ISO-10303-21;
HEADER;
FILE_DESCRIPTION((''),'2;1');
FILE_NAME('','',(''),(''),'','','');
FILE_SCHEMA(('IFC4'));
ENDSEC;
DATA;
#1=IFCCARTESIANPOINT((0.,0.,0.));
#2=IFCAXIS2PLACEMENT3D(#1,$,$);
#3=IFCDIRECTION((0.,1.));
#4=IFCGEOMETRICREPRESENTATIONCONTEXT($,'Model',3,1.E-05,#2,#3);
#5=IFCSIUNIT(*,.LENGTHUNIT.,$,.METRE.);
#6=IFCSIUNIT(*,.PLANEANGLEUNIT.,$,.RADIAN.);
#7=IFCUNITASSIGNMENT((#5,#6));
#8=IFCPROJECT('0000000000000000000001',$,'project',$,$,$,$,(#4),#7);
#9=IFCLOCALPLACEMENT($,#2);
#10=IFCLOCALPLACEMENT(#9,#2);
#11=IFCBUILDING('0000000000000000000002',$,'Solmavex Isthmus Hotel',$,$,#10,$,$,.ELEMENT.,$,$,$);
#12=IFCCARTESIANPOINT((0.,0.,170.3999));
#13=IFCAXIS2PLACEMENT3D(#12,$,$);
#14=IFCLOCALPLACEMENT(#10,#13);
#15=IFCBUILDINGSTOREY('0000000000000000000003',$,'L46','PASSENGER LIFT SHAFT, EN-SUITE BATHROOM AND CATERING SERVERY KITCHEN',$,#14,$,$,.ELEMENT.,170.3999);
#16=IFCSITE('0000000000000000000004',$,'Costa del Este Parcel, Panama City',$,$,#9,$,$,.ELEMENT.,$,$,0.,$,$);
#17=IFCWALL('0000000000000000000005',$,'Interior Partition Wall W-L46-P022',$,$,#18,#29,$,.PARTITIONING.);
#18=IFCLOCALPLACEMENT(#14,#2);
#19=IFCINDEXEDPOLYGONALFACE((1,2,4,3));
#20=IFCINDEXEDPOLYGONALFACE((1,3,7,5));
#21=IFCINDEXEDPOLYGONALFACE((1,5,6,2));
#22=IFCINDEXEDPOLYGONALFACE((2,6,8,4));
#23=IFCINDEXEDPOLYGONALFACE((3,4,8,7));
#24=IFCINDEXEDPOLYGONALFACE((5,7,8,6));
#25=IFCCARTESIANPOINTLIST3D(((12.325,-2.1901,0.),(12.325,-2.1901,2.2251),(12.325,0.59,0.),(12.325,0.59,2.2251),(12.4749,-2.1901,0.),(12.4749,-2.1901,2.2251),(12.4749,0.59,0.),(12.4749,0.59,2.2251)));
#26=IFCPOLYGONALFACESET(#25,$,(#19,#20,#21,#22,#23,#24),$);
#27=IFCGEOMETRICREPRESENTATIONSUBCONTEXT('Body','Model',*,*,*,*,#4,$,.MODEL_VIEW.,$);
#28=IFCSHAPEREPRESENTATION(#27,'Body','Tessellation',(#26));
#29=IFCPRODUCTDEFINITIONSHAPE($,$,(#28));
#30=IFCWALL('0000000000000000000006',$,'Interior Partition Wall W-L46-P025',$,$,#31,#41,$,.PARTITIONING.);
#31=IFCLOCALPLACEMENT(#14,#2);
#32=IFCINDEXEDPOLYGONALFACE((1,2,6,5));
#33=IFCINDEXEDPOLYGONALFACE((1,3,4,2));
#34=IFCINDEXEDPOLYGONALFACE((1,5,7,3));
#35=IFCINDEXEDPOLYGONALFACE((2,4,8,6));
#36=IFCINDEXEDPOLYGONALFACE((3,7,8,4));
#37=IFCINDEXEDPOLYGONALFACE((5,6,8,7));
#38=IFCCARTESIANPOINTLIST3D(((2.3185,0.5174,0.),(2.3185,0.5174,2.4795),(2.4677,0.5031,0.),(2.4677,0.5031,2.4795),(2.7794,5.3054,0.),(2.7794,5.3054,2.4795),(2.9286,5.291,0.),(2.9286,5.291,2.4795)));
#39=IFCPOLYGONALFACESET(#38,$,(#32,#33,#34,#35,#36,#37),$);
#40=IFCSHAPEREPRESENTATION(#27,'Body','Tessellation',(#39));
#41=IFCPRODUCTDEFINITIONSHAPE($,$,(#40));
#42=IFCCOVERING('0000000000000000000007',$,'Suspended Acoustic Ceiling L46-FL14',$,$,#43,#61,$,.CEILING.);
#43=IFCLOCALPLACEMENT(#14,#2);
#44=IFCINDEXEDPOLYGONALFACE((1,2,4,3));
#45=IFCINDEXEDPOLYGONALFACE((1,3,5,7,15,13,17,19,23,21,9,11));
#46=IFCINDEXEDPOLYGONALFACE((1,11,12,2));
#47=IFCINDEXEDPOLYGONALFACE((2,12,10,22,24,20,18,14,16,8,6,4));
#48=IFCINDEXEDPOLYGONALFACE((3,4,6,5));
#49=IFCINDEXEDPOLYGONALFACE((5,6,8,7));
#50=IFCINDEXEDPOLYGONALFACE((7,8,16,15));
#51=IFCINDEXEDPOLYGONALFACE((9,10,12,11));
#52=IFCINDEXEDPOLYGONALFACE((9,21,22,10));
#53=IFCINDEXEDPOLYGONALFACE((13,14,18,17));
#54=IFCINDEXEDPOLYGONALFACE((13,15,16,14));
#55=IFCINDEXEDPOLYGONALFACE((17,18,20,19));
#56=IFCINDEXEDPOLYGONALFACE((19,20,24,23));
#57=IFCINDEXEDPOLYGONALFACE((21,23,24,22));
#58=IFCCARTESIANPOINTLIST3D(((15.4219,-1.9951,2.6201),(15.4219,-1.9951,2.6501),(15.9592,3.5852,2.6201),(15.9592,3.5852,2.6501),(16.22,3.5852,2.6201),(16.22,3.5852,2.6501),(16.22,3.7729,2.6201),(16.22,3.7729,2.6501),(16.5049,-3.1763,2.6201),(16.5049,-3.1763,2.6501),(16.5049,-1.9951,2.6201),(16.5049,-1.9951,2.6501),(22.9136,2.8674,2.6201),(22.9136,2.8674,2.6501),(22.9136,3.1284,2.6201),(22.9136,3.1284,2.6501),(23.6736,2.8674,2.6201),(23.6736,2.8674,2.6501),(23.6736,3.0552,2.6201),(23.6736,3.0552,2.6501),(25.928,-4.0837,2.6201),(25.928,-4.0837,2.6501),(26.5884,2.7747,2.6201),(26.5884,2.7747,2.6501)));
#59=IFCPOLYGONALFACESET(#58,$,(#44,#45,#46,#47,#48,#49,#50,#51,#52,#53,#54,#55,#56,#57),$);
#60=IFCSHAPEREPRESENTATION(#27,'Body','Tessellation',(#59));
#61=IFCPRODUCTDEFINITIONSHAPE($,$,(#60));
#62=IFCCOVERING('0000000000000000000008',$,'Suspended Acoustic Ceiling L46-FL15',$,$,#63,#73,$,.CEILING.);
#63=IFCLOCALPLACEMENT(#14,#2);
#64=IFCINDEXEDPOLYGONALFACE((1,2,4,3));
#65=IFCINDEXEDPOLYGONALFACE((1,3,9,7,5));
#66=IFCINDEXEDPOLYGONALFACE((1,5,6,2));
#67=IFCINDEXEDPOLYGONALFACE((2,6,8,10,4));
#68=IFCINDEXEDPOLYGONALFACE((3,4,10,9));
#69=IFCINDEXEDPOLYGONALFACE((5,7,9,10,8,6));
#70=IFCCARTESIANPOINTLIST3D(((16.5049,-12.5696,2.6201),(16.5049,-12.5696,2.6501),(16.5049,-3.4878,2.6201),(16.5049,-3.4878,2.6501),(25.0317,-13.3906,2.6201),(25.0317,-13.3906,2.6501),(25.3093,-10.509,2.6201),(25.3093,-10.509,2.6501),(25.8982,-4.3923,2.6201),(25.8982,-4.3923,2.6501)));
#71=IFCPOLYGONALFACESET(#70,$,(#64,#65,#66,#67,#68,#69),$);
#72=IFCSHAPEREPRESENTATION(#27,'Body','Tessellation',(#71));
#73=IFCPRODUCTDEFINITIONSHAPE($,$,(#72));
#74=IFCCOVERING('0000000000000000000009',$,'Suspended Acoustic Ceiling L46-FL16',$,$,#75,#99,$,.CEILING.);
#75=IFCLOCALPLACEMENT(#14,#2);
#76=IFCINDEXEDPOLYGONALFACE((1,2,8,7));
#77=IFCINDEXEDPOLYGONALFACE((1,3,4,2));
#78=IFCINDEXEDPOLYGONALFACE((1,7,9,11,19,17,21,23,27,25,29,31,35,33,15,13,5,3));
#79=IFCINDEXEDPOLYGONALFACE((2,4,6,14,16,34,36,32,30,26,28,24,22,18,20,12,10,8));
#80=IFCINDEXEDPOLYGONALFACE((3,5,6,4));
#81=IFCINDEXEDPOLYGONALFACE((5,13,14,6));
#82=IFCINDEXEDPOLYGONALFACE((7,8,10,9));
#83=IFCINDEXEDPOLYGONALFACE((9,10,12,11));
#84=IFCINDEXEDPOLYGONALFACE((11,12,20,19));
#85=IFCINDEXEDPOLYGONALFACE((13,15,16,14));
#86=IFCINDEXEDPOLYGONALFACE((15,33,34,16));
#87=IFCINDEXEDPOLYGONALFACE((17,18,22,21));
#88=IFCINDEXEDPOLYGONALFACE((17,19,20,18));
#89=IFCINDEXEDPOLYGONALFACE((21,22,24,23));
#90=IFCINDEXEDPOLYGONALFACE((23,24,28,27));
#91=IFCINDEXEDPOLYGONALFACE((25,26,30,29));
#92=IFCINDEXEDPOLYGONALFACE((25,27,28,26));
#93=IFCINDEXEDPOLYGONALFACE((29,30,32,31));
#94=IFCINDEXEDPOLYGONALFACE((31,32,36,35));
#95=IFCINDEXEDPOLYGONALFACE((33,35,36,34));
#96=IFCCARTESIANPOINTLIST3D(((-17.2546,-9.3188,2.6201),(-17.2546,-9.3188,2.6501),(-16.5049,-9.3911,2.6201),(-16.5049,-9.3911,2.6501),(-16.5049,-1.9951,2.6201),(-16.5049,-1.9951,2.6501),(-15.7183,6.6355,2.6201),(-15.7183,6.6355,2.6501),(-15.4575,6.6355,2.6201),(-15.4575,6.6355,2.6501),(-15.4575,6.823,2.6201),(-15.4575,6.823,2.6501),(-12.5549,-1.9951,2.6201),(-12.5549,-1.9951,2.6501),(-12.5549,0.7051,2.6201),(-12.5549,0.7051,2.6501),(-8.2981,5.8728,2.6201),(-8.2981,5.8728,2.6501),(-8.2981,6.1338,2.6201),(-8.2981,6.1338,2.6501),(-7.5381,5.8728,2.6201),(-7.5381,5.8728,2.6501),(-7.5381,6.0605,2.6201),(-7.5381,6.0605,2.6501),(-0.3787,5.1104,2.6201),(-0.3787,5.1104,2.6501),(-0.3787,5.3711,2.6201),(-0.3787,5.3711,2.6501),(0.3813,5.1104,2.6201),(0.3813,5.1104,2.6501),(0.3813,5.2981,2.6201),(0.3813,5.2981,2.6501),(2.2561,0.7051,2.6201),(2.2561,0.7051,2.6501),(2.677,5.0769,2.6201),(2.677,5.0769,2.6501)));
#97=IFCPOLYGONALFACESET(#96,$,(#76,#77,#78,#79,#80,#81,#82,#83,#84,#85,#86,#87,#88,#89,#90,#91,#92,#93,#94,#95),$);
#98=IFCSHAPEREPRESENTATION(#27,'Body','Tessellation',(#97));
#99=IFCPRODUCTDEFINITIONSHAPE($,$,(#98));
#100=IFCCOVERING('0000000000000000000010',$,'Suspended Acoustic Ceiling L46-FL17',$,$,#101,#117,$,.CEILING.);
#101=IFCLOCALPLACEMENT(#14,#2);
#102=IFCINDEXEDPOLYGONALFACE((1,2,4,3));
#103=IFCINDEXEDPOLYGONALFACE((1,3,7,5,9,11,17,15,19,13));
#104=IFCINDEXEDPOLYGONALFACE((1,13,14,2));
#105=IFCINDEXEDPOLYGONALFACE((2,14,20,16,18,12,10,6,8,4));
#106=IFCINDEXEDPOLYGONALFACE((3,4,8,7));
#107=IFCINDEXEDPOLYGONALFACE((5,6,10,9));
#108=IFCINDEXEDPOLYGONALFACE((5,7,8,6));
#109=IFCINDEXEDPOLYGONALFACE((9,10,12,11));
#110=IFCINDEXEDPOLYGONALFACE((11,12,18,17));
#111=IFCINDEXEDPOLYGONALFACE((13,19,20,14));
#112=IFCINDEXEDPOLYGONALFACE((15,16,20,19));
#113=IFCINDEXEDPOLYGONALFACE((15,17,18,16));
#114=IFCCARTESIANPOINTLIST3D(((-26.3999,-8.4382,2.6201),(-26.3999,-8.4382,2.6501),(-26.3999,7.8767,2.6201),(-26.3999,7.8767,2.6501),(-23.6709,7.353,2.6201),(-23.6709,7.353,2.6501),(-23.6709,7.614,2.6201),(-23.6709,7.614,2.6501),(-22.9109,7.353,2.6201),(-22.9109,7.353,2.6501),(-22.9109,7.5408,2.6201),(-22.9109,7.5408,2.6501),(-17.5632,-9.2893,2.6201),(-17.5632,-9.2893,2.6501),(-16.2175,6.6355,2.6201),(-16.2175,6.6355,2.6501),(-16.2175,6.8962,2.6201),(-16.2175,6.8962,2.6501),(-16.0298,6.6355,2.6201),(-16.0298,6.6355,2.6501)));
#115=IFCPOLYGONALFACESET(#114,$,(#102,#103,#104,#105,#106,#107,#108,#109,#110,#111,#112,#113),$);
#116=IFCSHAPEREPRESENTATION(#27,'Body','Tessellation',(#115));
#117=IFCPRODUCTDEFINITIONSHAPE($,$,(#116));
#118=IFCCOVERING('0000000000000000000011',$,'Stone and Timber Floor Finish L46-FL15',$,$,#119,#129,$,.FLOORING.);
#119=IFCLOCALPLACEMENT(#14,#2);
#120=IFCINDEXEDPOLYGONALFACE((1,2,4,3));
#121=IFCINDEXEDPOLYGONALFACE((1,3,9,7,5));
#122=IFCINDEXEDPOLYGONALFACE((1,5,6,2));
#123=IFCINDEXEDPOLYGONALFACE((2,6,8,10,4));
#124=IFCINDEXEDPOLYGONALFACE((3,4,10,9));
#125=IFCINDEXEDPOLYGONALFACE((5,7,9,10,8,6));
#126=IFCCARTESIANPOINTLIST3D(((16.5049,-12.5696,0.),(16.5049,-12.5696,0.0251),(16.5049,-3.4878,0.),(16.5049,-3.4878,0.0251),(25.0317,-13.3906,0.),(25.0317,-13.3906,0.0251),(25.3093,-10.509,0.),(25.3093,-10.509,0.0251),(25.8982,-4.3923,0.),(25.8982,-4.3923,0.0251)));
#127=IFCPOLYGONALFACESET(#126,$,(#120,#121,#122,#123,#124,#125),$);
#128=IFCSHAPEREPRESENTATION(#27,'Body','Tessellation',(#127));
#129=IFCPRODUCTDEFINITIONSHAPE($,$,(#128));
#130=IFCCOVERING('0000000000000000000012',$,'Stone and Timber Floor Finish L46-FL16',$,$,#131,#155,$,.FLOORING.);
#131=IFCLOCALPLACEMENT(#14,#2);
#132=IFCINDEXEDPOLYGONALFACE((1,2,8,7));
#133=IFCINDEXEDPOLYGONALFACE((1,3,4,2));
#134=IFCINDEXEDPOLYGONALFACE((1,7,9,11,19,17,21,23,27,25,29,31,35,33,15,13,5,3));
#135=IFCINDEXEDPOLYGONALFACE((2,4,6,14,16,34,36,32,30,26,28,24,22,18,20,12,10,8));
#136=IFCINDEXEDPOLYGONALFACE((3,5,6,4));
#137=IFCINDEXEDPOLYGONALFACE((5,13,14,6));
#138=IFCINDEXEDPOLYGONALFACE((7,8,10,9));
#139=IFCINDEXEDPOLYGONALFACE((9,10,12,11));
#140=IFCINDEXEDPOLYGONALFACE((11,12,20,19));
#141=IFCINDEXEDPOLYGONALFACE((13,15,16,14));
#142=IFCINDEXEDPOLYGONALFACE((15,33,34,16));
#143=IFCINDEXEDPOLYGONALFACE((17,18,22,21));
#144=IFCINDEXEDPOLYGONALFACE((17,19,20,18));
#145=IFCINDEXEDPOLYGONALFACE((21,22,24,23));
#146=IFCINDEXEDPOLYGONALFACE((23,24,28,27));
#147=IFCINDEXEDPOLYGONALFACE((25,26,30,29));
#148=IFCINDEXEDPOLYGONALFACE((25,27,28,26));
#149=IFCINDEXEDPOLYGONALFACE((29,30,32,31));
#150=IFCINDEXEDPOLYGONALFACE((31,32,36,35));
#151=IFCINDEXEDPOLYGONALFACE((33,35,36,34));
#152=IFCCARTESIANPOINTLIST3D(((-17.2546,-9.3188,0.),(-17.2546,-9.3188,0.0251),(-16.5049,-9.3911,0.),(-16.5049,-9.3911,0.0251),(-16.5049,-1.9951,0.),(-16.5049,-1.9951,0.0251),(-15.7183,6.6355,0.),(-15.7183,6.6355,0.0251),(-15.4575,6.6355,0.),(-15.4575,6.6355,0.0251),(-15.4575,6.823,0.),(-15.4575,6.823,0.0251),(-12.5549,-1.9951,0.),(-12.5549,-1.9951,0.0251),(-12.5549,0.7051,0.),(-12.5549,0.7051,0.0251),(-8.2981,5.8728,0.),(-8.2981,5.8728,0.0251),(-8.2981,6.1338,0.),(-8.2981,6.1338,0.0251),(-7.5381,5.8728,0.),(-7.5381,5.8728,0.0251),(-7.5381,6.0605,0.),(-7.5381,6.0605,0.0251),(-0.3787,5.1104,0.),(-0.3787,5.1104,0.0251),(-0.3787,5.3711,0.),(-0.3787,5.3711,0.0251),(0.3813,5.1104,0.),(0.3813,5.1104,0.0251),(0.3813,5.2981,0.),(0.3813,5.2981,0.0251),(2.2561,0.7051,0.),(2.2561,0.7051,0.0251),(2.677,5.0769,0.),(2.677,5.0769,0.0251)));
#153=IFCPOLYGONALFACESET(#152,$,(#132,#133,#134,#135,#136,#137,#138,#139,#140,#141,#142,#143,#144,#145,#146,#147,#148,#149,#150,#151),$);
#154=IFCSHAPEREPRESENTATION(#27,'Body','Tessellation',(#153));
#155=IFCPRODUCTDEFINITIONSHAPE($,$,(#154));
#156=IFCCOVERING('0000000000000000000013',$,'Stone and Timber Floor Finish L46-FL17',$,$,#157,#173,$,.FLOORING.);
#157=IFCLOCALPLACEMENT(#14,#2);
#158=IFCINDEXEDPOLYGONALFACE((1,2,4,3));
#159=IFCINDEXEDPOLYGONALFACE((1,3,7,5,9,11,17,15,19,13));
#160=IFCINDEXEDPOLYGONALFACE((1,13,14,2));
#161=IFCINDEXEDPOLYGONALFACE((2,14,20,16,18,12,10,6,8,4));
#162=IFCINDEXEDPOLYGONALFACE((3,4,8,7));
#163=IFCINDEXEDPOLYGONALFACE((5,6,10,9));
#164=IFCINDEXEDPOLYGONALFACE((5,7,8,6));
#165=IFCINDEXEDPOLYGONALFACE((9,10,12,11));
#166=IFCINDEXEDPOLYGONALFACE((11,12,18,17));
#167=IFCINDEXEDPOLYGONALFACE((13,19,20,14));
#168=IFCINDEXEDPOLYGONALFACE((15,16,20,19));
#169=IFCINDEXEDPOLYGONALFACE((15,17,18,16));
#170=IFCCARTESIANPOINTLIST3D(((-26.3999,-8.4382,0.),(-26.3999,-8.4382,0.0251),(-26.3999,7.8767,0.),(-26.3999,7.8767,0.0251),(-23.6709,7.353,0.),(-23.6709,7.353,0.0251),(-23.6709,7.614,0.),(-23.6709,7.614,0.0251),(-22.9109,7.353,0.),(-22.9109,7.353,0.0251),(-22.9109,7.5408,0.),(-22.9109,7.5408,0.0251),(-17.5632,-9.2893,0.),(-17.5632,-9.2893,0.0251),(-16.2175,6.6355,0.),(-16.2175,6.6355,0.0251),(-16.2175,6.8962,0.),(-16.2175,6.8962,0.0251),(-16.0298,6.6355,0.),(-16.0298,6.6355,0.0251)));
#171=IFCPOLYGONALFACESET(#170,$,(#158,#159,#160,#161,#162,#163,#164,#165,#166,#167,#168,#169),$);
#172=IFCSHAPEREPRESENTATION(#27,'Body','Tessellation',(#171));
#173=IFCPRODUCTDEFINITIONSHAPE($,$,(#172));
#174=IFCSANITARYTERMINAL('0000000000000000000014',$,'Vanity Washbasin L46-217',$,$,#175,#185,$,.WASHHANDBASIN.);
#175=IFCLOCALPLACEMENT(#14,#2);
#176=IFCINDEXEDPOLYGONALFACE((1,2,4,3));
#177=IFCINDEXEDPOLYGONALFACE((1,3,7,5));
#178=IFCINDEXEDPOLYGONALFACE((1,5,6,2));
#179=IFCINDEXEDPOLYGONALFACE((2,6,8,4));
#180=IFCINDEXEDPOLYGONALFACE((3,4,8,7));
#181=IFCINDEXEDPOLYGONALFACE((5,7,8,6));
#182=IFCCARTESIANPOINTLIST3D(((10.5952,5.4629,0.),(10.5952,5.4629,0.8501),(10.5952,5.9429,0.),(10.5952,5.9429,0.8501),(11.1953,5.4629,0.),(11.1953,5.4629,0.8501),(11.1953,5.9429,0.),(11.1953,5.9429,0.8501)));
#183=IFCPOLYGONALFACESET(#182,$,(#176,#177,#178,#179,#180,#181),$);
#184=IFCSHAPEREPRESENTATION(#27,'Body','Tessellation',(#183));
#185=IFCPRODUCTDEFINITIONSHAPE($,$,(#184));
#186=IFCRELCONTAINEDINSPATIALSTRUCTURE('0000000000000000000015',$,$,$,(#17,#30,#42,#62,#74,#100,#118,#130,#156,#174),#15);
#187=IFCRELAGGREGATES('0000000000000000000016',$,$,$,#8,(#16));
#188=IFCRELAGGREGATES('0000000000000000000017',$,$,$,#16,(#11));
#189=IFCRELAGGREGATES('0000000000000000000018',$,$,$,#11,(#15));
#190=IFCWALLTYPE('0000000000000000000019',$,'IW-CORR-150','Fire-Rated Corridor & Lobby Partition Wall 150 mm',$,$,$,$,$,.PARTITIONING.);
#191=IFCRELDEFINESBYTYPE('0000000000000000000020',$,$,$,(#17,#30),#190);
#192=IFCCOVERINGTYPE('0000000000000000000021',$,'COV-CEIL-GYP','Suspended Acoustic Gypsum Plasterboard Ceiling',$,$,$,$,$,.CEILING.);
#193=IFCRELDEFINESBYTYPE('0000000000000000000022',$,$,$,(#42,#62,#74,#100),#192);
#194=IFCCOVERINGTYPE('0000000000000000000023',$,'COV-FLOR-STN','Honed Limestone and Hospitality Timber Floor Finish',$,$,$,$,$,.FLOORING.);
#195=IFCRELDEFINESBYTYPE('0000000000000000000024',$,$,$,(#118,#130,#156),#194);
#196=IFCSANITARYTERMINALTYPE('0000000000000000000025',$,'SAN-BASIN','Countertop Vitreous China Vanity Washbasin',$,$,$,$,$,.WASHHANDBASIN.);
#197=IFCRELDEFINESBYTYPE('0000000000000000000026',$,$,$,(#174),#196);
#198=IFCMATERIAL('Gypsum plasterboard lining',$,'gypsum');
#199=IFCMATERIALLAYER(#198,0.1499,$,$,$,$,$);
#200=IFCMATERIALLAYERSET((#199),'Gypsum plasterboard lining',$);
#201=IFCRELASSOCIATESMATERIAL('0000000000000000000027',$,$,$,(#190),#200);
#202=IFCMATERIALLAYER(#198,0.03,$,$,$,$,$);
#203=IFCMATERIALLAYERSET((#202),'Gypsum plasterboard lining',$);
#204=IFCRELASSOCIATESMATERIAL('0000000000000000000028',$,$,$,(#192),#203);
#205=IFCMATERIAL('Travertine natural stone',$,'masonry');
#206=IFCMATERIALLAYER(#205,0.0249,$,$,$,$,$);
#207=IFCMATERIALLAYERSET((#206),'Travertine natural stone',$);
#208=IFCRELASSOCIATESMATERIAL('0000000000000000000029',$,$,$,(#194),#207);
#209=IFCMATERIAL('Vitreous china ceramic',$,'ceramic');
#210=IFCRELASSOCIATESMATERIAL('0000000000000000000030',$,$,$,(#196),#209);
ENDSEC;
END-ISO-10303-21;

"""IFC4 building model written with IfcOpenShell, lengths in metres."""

from ifc_helpers import new_model, si_unit, direction, frame, frame_2d, origin, origin_2d, place, context, subcontext, project, spatial, polyline, rectangle, outline, extrude, material, layer, layer_set, type_object, element, save


model = new_model("IFC4")

# Units and contexts
model_context = context("Model", 3, precision=1e-05, world=origin(), true_north=direction((0.0, 1.0)))
body_context = subcontext(model_context, "Body", "Model", "MODEL_VIEW")
ifc_project = project(units=[si_unit("LENGTHUNIT", "METRE"), si_unit("PLANEANGLEUNIT", "RADIAN")], contexts=[model_context])

# Site, building, storey
site_placement = place(None, origin())
site = spatial("IfcSite", under=ifc_project, at=site_placement, Name="Costa del Este Parcel, Panama City", CompositionType="ELEMENT", RefElevation=0.0)
building_placement = place(site_placement, origin())
building = spatial("IfcBuilding", under=site, at=building_placement, Name="Solmavex Isthmus Hotel", CompositionType="ELEMENT")
storey_placement = place(building_placement, frame((0.0, 0.0, 170.3999)))
storey = spatial("IfcBuildingStorey", under=building, at=storey_placement, Name="L46", Description="PASSENGER LIFT SHAFT, EN-SUITE BATHROOM AND CATERING SERVERY KITCHEN", CompositionType="ELEMENT", Elevation=170.3999)

# Shared definitions
ifc_material_1 = material(Name="Gypsum plasterboard lining", Category="gypsum")
ifc_layer_1 = layer(ifc_material_1, 0.1499)
ifc_layer_set_1 = layer_set([ifc_layer_1], Name="Gypsum plasterboard lining")
wall_type_1 = type_object("IfcWallType", Name="IW-CORR-150", Description="Fire-Rated Corridor & Lobby Partition Wall 150 mm", PredefinedType="PARTITIONING", material=ifc_layer_set_1)

# Walls
wall_1_placement = place(storey_placement, frame((12.3999, 0.5901, 0.0), z_axis=(0.0, 0.0, 1.0), x_axis=(0.0, -1.0, 0.0)))
element("IfcWall", 1, at=wall_1_placement, inside=storey, type_object=wall_type_1, Name="Interior Partition Wall W-L46-P022", PredefinedType="PARTITIONING", context=body_context, shape_type="SweptSolid", body=[
    extrude(rectangle(XDim=2.78, YDim=0.1499, at=frame_2d((1.3901, 0.0))), origin(), (0.0, 0.0, 1.0), 2.2251),
])
wall_2_placement = place(storey_placement, frame((2.3931, 0.5103, 0.0), z_axis=(0.0, 0.0, 1.0), x_axis=(0.095829, 0.995398, 0.0)))
element("IfcWall", 2, at=wall_2_placement, inside=storey, type_object=wall_type_1, Name="Interior Partition Wall W-L46-P025", PredefinedType="PARTITIONING", context=body_context, shape_type="SweptSolid", body=[
    extrude(rectangle(XDim=4.8101, YDim=0.1499, at=frame_2d((2.405, 0.0))), origin(), (0.0, 0.0, 1.0), 2.4795),
])

# Coverings
ifc_layer_2 = layer(ifc_material_1, 0.03)
ifc_layer_set_2 = layer_set([ifc_layer_2], Name="Gypsum plasterboard lining")
covering_type_1 = type_object("IfcCoveringType", Name="COV-CEIL-GYP", Description="Suspended Acoustic Gypsum Plasterboard Ceiling", PredefinedType="CEILING", material=ifc_layer_set_2)
covering_1_placement = place(storey_placement, frame((0.0, 0.0, 2.6201)))
element("IfcCovering", 3, at=covering_1_placement, inside=storey, type_object=covering_type_1, Name="Suspended Acoustic Ceiling L46-FL14", PredefinedType="CEILING", context=body_context, shape_type="SweptSolid", body=[
    extrude(outline(polyline([(16.22, 3.7729), (16.22, 3.5852), (15.9592, 3.5852), (15.4219, -1.9951), (16.5049, -1.9951), (16.5049, -3.1763), (25.928, -4.0837), (26.5884, 2.7747), (23.6736, 3.0552), (23.6736, 2.8674), (22.9136, 2.8674), (22.9136, 3.1284), (16.22, 3.7729)])), origin(), (0.0, 0.0, 1.0), 0.03),
])
covering_2_placement = place(storey_placement, frame((0.0, 0.0, 2.6201)))
element("IfcCovering", 4, at=covering_2_placement, inside=storey, type_object=covering_type_1, Name="Suspended Acoustic Ceiling L46-FL15", PredefinedType="CEILING", context=body_context, shape_type="SweptSolid", body=[
    extrude(outline(polyline([(16.5049, -3.4878), (16.5049, -12.5696), (25.0317, -13.3906), (25.3093, -10.509), (25.8982, -4.3923), (16.5049, -3.4878)])), origin(), (0.0, 0.0, 1.0), 0.03),
])
covering_3_placement = place(storey_placement, frame((0.0, 0.0, 2.6201)))
element("IfcCovering", 5, at=covering_3_placement, inside=storey, type_object=covering_type_1, Name="Suspended Acoustic Ceiling L46-FL16", PredefinedType="CEILING", context=body_context, shape_type="SweptSolid", body=[
    extrude(outline(polyline([(-15.4575, 6.823), (-15.4575, 6.6355), (-15.7183, 6.6355), (-17.2546, -9.3188), (-16.5049, -9.3911), (-16.5049, -1.9951), (-12.5549, -1.9951), (-12.5549, 0.7051), (2.2561, 0.7051), (2.677, 5.0769), (0.3813, 5.2981), (0.3813, 5.1104), (-0.3787, 5.1104), (-0.3787, 5.3711), (-7.5381, 6.0605), (-7.5381, 5.8728), (-8.2981, 5.8728), (-8.2981, 6.1338), (-15.4575, 6.823)])), origin(), (0.0, 0.0, 1.0), 0.03),
])
covering_4_placement = place(storey_placement, frame((0.0, 0.0, 2.6201)))
element("IfcCovering", 6, at=covering_4_placement, inside=storey, type_object=covering_type_1, Name="Suspended Acoustic Ceiling L46-FL17", PredefinedType="CEILING", context=body_context, shape_type="SweptSolid", body=[
    extrude(outline(polyline([(-22.9109, 7.5408), (-22.9109, 7.353), (-23.6709, 7.353), (-23.6709, 7.614), (-26.3999, 7.8767), (-26.3999, -8.4382), (-17.5632, -9.2893), (-16.0298, 6.6355), (-16.2175, 6.6355), (-16.2175, 6.8962), (-22.9109, 7.5408)])), origin(), (0.0, 0.0, 1.0), 0.03),
])
ifc_material_2 = material(Name="Travertine natural stone", Category="masonry")
ifc_layer_3 = layer(ifc_material_2, 0.0249)
ifc_layer_set_3 = layer_set([ifc_layer_3], Name="Travertine natural stone")
covering_type_2 = type_object("IfcCoveringType", Name="COV-FLOR-STN", Description="Honed Limestone and Hospitality Timber Floor Finish", PredefinedType="FLOORING", material=ifc_layer_set_3)
covering_5_placement = place(storey_placement, origin())
element("IfcCovering", 7, at=covering_5_placement, inside=storey, type_object=covering_type_2, Name="Stone and Timber Floor Finish L46-FL15", PredefinedType="FLOORING", context=body_context, shape_type="SweptSolid", body=[
    extrude(outline(polyline([(16.5049, -3.4878), (16.5049, -12.5696), (25.0317, -13.3906), (25.3093, -10.509), (25.8982, -4.3923), (16.5049, -3.4878)])), origin(), (0.0, 0.0, 1.0), 0.0251),
])
covering_6_placement = place(storey_placement, origin())
element("IfcCovering", 8, at=covering_6_placement, inside=storey, type_object=covering_type_2, Name="Stone and Timber Floor Finish L46-FL16", PredefinedType="FLOORING", context=body_context, shape_type="SweptSolid", body=[
    extrude(outline(polyline([(-15.4575, 6.823), (-15.4575, 6.6355), (-15.7183, 6.6355), (-17.2546, -9.3188), (-16.5049, -9.3911), (-16.5049, -1.9951), (-12.5549, -1.9951), (-12.5549, 0.7051), (2.2561, 0.7051), (2.677, 5.0769), (0.3813, 5.2981), (0.3813, 5.1104), (-0.3787, 5.1104), (-0.3787, 5.3711), (-7.5381, 6.0605), (-7.5381, 5.8728), (-8.2981, 5.8728), (-8.2981, 6.1338), (-15.4575, 6.823)])), origin(), (0.0, 0.0, 1.0), 0.0251),
])
covering_7_placement = place(storey_placement, origin())
element("IfcCovering", 9, at=covering_7_placement, inside=storey, type_object=covering_type_2, Name="Stone and Timber Floor Finish L46-FL17", PredefinedType="FLOORING", context=body_context, shape_type="SweptSolid", body=[
    extrude(outline(polyline([(-22.9109, 7.5408), (-22.9109, 7.353), (-23.6709, 7.353), (-23.6709, 7.614), (-26.3999, 7.8767), (-26.3999, -8.4382), (-17.5632, -9.2893), (-16.0298, 6.6355), (-16.2175, 6.6355), (-16.2175, 6.8962), (-22.9109, 7.5408)])), origin(), (0.0, 0.0, 1.0), 0.0251),
])

# Sanitary terminal
ifc_material_3 = material(Name="Vitreous china ceramic", Category="ceramic")
sanitary_terminal_type_1 = type_object("IfcSanitaryTerminalType", Name="SAN-BASIN", Description="Countertop Vitreous China Vanity Washbasin", PredefinedType="WASHHANDBASIN", material=ifc_material_3)
sanitary_terminal_1_placement = place(storey_placement, frame((10.8953, 5.7029, 0.0), z_axis=(0.0, 0.0, 1.0), x_axis=(1.0, 0.0, 0.0)))
element("IfcSanitaryTerminal", 10, at=sanitary_terminal_1_placement, inside=storey, type_object=sanitary_terminal_type_1, Name="Vanity Washbasin L46-217", PredefinedType="WASHHANDBASIN", context=body_context, shape_type="SweptSolid", body=[
    extrude(rectangle(XDim=0.6001, YDim=0.48, at=origin_2d()), origin(), (0.0, 0.0, 1.0), 0.8501),
])

save(model, "model.ifc")
